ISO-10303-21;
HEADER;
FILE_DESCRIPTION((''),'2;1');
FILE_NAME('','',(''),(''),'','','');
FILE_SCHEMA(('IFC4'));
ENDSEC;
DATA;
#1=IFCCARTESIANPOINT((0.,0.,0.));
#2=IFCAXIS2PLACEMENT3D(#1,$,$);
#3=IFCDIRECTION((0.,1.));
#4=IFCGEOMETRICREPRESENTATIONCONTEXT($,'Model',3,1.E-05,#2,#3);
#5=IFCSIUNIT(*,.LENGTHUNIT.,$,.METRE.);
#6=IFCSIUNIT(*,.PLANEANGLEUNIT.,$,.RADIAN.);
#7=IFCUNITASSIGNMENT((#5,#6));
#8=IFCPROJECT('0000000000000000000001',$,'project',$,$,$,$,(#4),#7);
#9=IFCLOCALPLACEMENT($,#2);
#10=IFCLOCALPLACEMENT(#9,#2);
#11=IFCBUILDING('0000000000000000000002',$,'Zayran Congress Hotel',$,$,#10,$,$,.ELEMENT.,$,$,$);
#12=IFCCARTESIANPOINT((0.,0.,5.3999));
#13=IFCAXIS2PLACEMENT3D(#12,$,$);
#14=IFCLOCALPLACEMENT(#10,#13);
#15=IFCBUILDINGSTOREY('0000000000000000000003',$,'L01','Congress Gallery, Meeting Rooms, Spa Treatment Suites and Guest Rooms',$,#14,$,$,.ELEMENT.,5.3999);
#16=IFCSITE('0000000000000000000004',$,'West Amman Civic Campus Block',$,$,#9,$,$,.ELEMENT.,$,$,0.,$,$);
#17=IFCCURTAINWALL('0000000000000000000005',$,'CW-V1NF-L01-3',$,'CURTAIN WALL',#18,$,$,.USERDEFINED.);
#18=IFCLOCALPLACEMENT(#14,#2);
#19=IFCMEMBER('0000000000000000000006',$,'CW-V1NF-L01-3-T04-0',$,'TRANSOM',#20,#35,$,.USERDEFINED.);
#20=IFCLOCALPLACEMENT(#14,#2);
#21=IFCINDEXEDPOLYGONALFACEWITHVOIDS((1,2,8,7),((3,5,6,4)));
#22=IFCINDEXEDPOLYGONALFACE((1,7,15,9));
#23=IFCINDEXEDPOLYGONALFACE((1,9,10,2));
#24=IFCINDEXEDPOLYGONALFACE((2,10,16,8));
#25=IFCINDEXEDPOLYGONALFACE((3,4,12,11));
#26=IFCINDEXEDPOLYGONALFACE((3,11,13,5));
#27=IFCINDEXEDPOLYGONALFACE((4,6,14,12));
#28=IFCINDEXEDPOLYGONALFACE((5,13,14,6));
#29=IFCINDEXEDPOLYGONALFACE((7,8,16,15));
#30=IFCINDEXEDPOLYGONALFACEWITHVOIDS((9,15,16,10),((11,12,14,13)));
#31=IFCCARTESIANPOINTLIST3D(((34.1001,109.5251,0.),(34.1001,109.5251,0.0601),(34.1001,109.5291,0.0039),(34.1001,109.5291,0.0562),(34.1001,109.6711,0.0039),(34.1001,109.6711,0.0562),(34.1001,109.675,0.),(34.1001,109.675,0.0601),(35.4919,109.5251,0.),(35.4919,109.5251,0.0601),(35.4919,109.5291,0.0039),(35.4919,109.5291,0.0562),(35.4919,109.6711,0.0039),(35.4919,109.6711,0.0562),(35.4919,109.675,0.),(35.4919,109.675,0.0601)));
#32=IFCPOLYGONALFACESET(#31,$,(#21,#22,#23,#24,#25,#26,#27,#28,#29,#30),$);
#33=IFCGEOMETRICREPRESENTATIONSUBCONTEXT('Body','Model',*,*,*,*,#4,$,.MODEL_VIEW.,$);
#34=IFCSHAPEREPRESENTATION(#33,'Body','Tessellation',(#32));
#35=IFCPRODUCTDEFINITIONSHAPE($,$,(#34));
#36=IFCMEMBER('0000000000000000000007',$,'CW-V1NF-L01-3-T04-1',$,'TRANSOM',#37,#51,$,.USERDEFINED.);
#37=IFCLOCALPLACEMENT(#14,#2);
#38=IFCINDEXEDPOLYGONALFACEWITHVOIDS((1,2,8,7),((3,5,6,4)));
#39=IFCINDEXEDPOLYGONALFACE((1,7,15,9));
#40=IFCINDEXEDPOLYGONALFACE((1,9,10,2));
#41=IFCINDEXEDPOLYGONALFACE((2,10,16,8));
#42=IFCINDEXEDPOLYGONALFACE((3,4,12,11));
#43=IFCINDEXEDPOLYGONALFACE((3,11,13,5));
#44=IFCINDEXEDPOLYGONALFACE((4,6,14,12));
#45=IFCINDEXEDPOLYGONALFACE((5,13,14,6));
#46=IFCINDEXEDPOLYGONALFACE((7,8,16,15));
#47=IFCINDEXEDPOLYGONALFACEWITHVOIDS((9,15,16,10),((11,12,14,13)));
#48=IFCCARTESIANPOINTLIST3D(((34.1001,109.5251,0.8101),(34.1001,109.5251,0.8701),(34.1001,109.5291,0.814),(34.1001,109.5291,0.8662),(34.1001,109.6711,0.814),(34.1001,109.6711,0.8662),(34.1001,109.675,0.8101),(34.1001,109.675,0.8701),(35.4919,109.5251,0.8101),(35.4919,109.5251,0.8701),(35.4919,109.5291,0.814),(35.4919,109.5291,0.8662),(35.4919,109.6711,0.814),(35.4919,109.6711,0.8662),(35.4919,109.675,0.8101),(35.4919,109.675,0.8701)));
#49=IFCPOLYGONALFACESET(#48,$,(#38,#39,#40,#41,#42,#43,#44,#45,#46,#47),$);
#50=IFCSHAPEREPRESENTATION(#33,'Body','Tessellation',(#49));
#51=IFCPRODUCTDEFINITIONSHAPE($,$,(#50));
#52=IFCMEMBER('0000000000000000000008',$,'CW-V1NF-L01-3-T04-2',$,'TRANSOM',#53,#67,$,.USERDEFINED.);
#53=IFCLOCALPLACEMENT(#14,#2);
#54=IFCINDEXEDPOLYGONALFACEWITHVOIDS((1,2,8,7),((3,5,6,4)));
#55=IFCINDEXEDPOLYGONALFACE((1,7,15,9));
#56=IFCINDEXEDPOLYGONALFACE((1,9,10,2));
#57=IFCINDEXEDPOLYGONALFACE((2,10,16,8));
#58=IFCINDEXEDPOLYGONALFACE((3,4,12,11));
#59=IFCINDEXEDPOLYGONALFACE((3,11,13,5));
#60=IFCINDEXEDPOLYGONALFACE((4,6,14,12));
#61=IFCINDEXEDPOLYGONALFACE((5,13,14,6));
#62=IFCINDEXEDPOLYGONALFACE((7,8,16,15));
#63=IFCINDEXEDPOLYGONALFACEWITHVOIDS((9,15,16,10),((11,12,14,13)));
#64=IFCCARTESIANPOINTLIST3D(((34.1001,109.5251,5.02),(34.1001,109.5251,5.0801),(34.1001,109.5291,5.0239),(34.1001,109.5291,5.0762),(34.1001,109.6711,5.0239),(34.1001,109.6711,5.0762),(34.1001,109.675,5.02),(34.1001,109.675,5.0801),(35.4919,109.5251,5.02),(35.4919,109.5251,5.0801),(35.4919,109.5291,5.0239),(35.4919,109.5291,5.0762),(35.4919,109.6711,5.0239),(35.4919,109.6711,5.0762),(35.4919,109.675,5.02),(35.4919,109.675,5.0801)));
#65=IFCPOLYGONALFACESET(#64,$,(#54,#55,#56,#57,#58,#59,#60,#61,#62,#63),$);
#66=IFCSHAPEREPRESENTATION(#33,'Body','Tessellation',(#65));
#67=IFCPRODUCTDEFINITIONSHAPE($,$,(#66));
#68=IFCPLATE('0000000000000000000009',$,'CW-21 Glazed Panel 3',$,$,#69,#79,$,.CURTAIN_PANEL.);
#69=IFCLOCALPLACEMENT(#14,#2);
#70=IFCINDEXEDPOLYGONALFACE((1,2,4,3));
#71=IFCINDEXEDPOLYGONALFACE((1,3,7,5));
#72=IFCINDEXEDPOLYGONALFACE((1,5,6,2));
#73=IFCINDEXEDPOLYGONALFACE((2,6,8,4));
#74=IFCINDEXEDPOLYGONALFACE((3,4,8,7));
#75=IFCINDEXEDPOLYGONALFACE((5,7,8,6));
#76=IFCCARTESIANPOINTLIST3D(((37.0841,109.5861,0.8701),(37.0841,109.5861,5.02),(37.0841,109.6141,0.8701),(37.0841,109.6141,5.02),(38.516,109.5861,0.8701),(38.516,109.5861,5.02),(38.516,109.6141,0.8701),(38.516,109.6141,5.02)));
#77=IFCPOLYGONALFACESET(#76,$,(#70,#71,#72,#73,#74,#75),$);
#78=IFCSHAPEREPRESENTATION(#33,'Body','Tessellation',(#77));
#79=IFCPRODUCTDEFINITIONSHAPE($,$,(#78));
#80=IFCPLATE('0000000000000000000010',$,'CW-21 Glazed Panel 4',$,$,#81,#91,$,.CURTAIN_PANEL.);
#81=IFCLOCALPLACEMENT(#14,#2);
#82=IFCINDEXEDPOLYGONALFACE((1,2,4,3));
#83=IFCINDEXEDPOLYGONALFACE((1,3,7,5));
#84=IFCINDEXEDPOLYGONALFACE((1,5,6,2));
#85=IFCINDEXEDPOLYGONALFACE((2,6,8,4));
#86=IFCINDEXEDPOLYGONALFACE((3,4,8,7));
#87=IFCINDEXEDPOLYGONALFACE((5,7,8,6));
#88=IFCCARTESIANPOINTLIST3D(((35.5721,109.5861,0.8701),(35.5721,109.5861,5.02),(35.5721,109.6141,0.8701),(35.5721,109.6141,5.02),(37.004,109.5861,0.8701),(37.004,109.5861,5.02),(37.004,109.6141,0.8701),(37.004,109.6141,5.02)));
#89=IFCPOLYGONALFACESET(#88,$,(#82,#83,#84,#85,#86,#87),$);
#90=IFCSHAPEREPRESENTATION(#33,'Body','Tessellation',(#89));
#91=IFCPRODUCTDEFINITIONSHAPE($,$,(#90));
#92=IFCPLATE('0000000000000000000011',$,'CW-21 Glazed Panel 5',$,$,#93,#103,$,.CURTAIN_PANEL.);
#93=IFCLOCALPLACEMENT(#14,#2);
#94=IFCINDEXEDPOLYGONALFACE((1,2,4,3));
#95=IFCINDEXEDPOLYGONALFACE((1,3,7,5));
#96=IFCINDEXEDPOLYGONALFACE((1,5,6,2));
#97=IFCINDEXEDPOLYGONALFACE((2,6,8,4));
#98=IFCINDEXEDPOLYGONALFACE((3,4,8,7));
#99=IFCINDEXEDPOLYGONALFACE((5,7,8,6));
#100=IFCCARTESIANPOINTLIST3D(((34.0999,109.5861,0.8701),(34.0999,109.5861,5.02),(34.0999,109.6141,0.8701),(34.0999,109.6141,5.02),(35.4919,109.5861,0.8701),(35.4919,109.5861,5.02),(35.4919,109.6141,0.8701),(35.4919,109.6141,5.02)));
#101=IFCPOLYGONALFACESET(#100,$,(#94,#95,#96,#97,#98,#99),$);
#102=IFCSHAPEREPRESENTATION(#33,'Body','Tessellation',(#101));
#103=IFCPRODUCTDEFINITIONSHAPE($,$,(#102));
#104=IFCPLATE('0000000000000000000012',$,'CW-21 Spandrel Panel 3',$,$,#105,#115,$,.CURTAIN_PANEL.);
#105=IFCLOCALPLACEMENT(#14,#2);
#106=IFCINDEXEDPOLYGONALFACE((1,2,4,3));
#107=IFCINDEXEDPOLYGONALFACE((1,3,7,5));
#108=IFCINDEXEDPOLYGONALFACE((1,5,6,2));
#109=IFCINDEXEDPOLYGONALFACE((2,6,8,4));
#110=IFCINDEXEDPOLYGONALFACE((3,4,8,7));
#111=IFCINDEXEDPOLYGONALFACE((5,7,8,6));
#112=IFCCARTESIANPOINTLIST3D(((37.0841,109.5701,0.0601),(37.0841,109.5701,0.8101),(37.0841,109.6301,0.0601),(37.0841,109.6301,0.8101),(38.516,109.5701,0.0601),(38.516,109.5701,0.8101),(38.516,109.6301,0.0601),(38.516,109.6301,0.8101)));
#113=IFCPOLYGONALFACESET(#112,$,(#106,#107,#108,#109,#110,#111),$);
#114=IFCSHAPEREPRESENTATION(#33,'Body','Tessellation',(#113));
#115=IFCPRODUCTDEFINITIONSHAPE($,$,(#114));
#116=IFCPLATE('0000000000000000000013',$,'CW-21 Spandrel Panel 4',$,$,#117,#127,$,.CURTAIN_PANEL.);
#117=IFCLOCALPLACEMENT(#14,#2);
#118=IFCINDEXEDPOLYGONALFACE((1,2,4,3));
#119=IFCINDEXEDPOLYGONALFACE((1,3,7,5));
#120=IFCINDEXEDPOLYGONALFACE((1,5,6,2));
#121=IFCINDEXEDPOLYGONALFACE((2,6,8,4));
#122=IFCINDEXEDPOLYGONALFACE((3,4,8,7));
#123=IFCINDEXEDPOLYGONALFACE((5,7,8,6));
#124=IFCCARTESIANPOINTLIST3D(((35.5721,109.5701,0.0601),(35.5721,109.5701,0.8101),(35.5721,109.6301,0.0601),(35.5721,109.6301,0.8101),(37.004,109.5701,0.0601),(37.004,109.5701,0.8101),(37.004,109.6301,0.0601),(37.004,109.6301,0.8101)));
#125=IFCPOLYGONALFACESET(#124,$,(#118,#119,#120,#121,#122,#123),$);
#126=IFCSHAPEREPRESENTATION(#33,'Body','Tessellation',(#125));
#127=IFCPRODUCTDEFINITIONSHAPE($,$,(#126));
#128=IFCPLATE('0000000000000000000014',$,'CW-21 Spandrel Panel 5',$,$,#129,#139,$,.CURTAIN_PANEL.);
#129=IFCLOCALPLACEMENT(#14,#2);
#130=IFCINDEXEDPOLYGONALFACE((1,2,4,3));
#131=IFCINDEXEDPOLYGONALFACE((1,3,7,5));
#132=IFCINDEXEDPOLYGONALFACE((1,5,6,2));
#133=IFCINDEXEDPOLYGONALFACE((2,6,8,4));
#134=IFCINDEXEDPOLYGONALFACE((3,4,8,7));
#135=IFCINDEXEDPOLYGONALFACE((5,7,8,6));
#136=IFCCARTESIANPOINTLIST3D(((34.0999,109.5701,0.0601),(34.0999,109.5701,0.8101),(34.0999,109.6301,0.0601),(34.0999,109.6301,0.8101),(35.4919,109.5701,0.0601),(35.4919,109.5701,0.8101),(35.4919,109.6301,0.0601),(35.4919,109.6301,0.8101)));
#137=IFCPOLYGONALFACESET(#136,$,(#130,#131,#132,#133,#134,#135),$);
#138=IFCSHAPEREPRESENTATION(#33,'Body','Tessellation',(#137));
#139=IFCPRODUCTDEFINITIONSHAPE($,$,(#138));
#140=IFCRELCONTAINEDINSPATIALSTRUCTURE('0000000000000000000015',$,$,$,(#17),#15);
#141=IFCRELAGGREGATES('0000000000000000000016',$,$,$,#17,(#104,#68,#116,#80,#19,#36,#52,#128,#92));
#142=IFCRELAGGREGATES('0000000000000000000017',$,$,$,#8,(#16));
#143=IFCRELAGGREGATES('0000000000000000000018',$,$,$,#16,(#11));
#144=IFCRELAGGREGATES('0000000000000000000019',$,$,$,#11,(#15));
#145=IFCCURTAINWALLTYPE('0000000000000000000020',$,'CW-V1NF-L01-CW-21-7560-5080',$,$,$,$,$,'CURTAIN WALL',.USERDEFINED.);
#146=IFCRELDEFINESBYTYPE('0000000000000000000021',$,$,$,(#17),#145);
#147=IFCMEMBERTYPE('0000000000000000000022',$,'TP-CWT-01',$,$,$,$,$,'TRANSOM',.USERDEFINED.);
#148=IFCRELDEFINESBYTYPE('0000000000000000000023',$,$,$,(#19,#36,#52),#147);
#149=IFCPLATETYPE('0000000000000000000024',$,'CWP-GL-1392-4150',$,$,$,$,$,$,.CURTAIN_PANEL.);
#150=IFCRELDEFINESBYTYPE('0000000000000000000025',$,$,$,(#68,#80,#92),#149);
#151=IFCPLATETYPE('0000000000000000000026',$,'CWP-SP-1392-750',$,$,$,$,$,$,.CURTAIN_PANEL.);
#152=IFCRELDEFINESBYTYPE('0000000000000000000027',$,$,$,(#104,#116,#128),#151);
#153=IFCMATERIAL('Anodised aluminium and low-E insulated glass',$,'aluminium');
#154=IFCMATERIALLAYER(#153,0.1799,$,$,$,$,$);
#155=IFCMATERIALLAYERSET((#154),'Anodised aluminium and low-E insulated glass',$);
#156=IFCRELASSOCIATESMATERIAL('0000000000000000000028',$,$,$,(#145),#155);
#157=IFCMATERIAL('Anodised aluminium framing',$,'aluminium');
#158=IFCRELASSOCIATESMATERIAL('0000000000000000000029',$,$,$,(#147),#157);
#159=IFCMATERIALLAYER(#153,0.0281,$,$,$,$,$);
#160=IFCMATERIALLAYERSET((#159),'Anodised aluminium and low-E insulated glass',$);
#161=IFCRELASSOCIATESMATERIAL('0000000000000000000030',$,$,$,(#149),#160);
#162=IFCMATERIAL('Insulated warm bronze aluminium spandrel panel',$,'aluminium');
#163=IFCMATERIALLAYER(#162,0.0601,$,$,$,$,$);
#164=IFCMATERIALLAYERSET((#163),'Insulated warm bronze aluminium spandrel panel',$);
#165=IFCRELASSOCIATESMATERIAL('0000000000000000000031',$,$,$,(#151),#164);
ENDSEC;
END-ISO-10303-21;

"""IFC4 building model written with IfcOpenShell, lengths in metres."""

from ifc_helpers import new_model, si_unit, direction, frame, origin, origin_2d, place, context, subcontext, project, spatial, rectangle, hollow_rectangle, extrude, material, layer, layer_set, material_profile, profile_set, type_object, element, aggregate, save


model = new_model("IFC4")

# Units and contexts
model_context = context("Model", 3, precision=1e-05, world=origin(), true_north=direction((0.0, 1.0)))
body_context = subcontext(model_context, "Body", "Model", "MODEL_VIEW")
ifc_project = project(units=[si_unit("LENGTHUNIT", "METRE"), si_unit("PLANEANGLEUNIT", "RADIAN")], contexts=[model_context])

# Site, building, storey
site_placement = place(None, origin())
site = spatial("IfcSite", under=ifc_project, at=site_placement, Name="West Amman Civic Campus Block", CompositionType="ELEMENT", RefElevation=0.0)
building_placement = place(site_placement, origin())
building = spatial("IfcBuilding", under=site, at=building_placement, Name="Zayran Congress Hotel", CompositionType="ELEMENT")
storey_placement = place(building_placement, frame((0.0, 0.0, 5.3999)))
storey = spatial("IfcBuildingStorey", under=building, at=storey_placement, Name="L01", Description="Congress Gallery, Meeting Rooms, Spa Treatment Suites and Guest Rooms", CompositionType="ELEMENT", Elevation=5.3999)

# Curtain wall, members, plates
ifc_material_1 = material(Name="Anodised aluminium and low-E insulated glass", Category="aluminium")
ifc_layer_1 = layer(ifc_material_1, 0.1799)
ifc_layer_set_1 = layer_set([ifc_layer_1], Name="Anodised aluminium and low-E insulated glass")
curtain_wall_type = type_object("IfcCurtainWallType", Name="CW-V1NF-L01-CW-21-7560-5080", ElementType="CURTAIN WALL", PredefinedType="USERDEFINED", material=ifc_layer_set_1)
curtain_wall_placement = place(storey_placement, origin())
curtain_wall = element("IfcCurtainWall", 1, at=curtain_wall_placement, inside=storey, type_object=curtain_wall_type, Name="CW-V1NF-L01-3", ObjectType="CURTAIN WALL", PredefinedType="USERDEFINED")
ifc_material_2 = material(Name="Anodised aluminium framing", Category="aluminium")
ifc_material_profile_1 = material_profile(ifc_material_2, hollow_rectangle(XDim=0.0601, YDim=0.1499, WallThickness=0.0039, at=origin_2d()), Name="RHS 150x60x4")
ifc_profile_set_1 = profile_set([ifc_material_profile_1], Name="Anodised aluminium framing")
member_type_1 = type_object("IfcMemberType", Name="TP-CWT-01", ElementType="TRANSOM", PredefinedType="USERDEFINED", material=ifc_profile_set_1)
member_1_placement = place(storey_placement, frame((35.4919, 109.6001, 0.03), z_axis=(-1.0, 0.0, 0.0), x_axis=(0.0, 0.0, 1.0)))
member_1 = element("IfcMember", 2, at=member_1_placement, type_object=member_type_1, Name="CW-V1NF-L01-3-T04-0", ObjectType="TRANSOM", PredefinedType="USERDEFINED", context=body_context, shape_type="SweptSolid", body=[
    extrude(hollow_rectangle(XDim=0.0601, YDim=0.1499, WallThickness=0.0039, at=origin_2d()), origin(), (0.0, 0.0, 1.0), 1.3918),
])
member_2_placement = place(storey_placement, frame((35.4919, 109.6001, 0.8401), z_axis=(-1.0, 0.0, 0.0), x_axis=(0.0, 0.0, 1.0)))
member_2 = element("IfcMember", 3, at=member_2_placement, type_object=member_type_1, Name="CW-V1NF-L01-3-T04-1", ObjectType="TRANSOM", PredefinedType="USERDEFINED", context=body_context, shape_type="SweptSolid", body=[
    extrude(hollow_rectangle(XDim=0.0601, YDim=0.1499, WallThickness=0.0039, at=origin_2d()), origin(), (0.0, 0.0, 1.0), 1.3918),
])
member_3_placement = place(storey_placement, frame((35.4919, 109.6001, 5.05), z_axis=(-1.0, 0.0, 0.0), x_axis=(0.0, 0.0, 1.0)))
member_3 = element("IfcMember", 4, at=member_3_placement, type_object=member_type_1, Name="CW-V1NF-L01-3-T04-2", ObjectType="TRANSOM", PredefinedType="USERDEFINED", context=body_context, shape_type="SweptSolid", body=[
    extrude(hollow_rectangle(XDim=0.0601, YDim=0.1499, WallThickness=0.0039, at=origin_2d()), origin(), (0.0, 0.0, 1.0), 1.3918),
])
ifc_layer_2 = layer(ifc_material_1, 0.0281)
ifc_layer_set_2 = layer_set([ifc_layer_2], Name="Anodised aluminium and low-E insulated glass")
plate_type_1 = type_object("IfcPlateType", Name="CWP-GL-1392-4150", PredefinedType="CURTAIN_PANEL", material=ifc_layer_set_2)
plate_1_placement = place(storey_placement, frame((37.8, 109.6001, 0.8701), z_axis=(0.0, 0.0, 1.0), x_axis=(1.0, 0.0, 0.0)))
plate_1 = element("IfcPlate", 5, at=plate_1_placement, type_object=plate_type_1, Name="CW-21 Glazed Panel 3", PredefinedType="CURTAIN_PANEL", context=body_context, shape_type="SweptSolid", body=[
    extrude(rectangle(XDim=1.4319, YDim=0.0281, at=origin_2d()), origin(), (0.0, 0.0, 1.0), 4.1499),
])
plate_2_placement = place(storey_placement, frame((36.2881, 109.6001, 0.8701), z_axis=(0.0, 0.0, 1.0), x_axis=(1.0, 0.0, 0.0)))
plate_2 = element("IfcPlate", 6, at=plate_2_placement, type_object=plate_type_1, Name="CW-21 Glazed Panel 4", PredefinedType="CURTAIN_PANEL", context=body_context, shape_type="SweptSolid", body=[
    extrude(rectangle(XDim=1.4319, YDim=0.0281, at=origin_2d()), origin(), (0.0, 0.0, 1.0), 4.1499),
])
plate_3_placement = place(storey_placement, frame((34.7959, 109.6001, 0.8701), z_axis=(0.0, 0.0, 1.0), x_axis=(1.0, 0.0, 0.0)))
plate_3 = element("IfcPlate", 7, at=plate_3_placement, type_object=plate_type_1, Name="CW-21 Glazed Panel 5", PredefinedType="CURTAIN_PANEL", context=body_context, shape_type="SweptSolid", body=[
    extrude(rectangle(XDim=1.3921, YDim=0.0281, at=origin_2d()), origin(), (0.0, 0.0, 1.0), 4.1499),
])
ifc_material_3 = material(Name="Insulated warm bronze aluminium spandrel panel", Category="aluminium")
ifc_layer_3 = layer(ifc_material_3, 0.0601)
ifc_layer_set_3 = layer_set([ifc_layer_3], Name="Insulated warm bronze aluminium spandrel panel")
plate_type_2 = type_object("IfcPlateType", Name="CWP-SP-1392-750", PredefinedType="CURTAIN_PANEL", material=ifc_layer_set_3)
plate_4_placement = place(storey_placement, frame((37.8, 109.6001, 0.0601), z_axis=(0.0, 0.0, 1.0), x_axis=(1.0, 0.0, 0.0)))
plate_4 = element("IfcPlate", 8, at=plate_4_placement, type_object=plate_type_2, Name="CW-21 Spandrel Panel 3", PredefinedType="CURTAIN_PANEL", context=body_context, shape_type="SweptSolid", body=[
    extrude(rectangle(XDim=1.4319, YDim=0.0601, at=origin_2d()), origin(), (0.0, 0.0, 1.0), 0.75),
])
plate_5_placement = place(storey_placement, frame((36.2881, 109.6001, 0.0601), z_axis=(0.0, 0.0, 1.0), x_axis=(1.0, 0.0, 0.0)))
plate_5 = element("IfcPlate", 9, at=plate_5_placement, type_object=plate_type_2, Name="CW-21 Spandrel Panel 4", PredefinedType="CURTAIN_PANEL", context=body_context, shape_type="SweptSolid", body=[
    extrude(rectangle(XDim=1.4319, YDim=0.0601, at=origin_2d()), origin(), (0.0, 0.0, 1.0), 0.75),
])
plate_6_placement = place(storey_placement, frame((34.7959, 109.6001, 0.0601), z_axis=(0.0, 0.0, 1.0), x_axis=(1.0, 0.0, 0.0)))
plate_6 = element("IfcPlate", 10, at=plate_6_placement, type_object=plate_type_2, Name="CW-21 Spandrel Panel 5", PredefinedType="CURTAIN_PANEL", context=body_context, shape_type="SweptSolid", body=[
    extrude(rectangle(XDim=1.3921, YDim=0.0601, at=origin_2d()), origin(), (0.0, 0.0, 1.0), 0.75),
])
aggregate(curtain_wall, [plate_4, plate_1, plate_5, plate_2, member_1, member_2, member_3, plate_6, plate_3])

save(model, "model.ifc")
